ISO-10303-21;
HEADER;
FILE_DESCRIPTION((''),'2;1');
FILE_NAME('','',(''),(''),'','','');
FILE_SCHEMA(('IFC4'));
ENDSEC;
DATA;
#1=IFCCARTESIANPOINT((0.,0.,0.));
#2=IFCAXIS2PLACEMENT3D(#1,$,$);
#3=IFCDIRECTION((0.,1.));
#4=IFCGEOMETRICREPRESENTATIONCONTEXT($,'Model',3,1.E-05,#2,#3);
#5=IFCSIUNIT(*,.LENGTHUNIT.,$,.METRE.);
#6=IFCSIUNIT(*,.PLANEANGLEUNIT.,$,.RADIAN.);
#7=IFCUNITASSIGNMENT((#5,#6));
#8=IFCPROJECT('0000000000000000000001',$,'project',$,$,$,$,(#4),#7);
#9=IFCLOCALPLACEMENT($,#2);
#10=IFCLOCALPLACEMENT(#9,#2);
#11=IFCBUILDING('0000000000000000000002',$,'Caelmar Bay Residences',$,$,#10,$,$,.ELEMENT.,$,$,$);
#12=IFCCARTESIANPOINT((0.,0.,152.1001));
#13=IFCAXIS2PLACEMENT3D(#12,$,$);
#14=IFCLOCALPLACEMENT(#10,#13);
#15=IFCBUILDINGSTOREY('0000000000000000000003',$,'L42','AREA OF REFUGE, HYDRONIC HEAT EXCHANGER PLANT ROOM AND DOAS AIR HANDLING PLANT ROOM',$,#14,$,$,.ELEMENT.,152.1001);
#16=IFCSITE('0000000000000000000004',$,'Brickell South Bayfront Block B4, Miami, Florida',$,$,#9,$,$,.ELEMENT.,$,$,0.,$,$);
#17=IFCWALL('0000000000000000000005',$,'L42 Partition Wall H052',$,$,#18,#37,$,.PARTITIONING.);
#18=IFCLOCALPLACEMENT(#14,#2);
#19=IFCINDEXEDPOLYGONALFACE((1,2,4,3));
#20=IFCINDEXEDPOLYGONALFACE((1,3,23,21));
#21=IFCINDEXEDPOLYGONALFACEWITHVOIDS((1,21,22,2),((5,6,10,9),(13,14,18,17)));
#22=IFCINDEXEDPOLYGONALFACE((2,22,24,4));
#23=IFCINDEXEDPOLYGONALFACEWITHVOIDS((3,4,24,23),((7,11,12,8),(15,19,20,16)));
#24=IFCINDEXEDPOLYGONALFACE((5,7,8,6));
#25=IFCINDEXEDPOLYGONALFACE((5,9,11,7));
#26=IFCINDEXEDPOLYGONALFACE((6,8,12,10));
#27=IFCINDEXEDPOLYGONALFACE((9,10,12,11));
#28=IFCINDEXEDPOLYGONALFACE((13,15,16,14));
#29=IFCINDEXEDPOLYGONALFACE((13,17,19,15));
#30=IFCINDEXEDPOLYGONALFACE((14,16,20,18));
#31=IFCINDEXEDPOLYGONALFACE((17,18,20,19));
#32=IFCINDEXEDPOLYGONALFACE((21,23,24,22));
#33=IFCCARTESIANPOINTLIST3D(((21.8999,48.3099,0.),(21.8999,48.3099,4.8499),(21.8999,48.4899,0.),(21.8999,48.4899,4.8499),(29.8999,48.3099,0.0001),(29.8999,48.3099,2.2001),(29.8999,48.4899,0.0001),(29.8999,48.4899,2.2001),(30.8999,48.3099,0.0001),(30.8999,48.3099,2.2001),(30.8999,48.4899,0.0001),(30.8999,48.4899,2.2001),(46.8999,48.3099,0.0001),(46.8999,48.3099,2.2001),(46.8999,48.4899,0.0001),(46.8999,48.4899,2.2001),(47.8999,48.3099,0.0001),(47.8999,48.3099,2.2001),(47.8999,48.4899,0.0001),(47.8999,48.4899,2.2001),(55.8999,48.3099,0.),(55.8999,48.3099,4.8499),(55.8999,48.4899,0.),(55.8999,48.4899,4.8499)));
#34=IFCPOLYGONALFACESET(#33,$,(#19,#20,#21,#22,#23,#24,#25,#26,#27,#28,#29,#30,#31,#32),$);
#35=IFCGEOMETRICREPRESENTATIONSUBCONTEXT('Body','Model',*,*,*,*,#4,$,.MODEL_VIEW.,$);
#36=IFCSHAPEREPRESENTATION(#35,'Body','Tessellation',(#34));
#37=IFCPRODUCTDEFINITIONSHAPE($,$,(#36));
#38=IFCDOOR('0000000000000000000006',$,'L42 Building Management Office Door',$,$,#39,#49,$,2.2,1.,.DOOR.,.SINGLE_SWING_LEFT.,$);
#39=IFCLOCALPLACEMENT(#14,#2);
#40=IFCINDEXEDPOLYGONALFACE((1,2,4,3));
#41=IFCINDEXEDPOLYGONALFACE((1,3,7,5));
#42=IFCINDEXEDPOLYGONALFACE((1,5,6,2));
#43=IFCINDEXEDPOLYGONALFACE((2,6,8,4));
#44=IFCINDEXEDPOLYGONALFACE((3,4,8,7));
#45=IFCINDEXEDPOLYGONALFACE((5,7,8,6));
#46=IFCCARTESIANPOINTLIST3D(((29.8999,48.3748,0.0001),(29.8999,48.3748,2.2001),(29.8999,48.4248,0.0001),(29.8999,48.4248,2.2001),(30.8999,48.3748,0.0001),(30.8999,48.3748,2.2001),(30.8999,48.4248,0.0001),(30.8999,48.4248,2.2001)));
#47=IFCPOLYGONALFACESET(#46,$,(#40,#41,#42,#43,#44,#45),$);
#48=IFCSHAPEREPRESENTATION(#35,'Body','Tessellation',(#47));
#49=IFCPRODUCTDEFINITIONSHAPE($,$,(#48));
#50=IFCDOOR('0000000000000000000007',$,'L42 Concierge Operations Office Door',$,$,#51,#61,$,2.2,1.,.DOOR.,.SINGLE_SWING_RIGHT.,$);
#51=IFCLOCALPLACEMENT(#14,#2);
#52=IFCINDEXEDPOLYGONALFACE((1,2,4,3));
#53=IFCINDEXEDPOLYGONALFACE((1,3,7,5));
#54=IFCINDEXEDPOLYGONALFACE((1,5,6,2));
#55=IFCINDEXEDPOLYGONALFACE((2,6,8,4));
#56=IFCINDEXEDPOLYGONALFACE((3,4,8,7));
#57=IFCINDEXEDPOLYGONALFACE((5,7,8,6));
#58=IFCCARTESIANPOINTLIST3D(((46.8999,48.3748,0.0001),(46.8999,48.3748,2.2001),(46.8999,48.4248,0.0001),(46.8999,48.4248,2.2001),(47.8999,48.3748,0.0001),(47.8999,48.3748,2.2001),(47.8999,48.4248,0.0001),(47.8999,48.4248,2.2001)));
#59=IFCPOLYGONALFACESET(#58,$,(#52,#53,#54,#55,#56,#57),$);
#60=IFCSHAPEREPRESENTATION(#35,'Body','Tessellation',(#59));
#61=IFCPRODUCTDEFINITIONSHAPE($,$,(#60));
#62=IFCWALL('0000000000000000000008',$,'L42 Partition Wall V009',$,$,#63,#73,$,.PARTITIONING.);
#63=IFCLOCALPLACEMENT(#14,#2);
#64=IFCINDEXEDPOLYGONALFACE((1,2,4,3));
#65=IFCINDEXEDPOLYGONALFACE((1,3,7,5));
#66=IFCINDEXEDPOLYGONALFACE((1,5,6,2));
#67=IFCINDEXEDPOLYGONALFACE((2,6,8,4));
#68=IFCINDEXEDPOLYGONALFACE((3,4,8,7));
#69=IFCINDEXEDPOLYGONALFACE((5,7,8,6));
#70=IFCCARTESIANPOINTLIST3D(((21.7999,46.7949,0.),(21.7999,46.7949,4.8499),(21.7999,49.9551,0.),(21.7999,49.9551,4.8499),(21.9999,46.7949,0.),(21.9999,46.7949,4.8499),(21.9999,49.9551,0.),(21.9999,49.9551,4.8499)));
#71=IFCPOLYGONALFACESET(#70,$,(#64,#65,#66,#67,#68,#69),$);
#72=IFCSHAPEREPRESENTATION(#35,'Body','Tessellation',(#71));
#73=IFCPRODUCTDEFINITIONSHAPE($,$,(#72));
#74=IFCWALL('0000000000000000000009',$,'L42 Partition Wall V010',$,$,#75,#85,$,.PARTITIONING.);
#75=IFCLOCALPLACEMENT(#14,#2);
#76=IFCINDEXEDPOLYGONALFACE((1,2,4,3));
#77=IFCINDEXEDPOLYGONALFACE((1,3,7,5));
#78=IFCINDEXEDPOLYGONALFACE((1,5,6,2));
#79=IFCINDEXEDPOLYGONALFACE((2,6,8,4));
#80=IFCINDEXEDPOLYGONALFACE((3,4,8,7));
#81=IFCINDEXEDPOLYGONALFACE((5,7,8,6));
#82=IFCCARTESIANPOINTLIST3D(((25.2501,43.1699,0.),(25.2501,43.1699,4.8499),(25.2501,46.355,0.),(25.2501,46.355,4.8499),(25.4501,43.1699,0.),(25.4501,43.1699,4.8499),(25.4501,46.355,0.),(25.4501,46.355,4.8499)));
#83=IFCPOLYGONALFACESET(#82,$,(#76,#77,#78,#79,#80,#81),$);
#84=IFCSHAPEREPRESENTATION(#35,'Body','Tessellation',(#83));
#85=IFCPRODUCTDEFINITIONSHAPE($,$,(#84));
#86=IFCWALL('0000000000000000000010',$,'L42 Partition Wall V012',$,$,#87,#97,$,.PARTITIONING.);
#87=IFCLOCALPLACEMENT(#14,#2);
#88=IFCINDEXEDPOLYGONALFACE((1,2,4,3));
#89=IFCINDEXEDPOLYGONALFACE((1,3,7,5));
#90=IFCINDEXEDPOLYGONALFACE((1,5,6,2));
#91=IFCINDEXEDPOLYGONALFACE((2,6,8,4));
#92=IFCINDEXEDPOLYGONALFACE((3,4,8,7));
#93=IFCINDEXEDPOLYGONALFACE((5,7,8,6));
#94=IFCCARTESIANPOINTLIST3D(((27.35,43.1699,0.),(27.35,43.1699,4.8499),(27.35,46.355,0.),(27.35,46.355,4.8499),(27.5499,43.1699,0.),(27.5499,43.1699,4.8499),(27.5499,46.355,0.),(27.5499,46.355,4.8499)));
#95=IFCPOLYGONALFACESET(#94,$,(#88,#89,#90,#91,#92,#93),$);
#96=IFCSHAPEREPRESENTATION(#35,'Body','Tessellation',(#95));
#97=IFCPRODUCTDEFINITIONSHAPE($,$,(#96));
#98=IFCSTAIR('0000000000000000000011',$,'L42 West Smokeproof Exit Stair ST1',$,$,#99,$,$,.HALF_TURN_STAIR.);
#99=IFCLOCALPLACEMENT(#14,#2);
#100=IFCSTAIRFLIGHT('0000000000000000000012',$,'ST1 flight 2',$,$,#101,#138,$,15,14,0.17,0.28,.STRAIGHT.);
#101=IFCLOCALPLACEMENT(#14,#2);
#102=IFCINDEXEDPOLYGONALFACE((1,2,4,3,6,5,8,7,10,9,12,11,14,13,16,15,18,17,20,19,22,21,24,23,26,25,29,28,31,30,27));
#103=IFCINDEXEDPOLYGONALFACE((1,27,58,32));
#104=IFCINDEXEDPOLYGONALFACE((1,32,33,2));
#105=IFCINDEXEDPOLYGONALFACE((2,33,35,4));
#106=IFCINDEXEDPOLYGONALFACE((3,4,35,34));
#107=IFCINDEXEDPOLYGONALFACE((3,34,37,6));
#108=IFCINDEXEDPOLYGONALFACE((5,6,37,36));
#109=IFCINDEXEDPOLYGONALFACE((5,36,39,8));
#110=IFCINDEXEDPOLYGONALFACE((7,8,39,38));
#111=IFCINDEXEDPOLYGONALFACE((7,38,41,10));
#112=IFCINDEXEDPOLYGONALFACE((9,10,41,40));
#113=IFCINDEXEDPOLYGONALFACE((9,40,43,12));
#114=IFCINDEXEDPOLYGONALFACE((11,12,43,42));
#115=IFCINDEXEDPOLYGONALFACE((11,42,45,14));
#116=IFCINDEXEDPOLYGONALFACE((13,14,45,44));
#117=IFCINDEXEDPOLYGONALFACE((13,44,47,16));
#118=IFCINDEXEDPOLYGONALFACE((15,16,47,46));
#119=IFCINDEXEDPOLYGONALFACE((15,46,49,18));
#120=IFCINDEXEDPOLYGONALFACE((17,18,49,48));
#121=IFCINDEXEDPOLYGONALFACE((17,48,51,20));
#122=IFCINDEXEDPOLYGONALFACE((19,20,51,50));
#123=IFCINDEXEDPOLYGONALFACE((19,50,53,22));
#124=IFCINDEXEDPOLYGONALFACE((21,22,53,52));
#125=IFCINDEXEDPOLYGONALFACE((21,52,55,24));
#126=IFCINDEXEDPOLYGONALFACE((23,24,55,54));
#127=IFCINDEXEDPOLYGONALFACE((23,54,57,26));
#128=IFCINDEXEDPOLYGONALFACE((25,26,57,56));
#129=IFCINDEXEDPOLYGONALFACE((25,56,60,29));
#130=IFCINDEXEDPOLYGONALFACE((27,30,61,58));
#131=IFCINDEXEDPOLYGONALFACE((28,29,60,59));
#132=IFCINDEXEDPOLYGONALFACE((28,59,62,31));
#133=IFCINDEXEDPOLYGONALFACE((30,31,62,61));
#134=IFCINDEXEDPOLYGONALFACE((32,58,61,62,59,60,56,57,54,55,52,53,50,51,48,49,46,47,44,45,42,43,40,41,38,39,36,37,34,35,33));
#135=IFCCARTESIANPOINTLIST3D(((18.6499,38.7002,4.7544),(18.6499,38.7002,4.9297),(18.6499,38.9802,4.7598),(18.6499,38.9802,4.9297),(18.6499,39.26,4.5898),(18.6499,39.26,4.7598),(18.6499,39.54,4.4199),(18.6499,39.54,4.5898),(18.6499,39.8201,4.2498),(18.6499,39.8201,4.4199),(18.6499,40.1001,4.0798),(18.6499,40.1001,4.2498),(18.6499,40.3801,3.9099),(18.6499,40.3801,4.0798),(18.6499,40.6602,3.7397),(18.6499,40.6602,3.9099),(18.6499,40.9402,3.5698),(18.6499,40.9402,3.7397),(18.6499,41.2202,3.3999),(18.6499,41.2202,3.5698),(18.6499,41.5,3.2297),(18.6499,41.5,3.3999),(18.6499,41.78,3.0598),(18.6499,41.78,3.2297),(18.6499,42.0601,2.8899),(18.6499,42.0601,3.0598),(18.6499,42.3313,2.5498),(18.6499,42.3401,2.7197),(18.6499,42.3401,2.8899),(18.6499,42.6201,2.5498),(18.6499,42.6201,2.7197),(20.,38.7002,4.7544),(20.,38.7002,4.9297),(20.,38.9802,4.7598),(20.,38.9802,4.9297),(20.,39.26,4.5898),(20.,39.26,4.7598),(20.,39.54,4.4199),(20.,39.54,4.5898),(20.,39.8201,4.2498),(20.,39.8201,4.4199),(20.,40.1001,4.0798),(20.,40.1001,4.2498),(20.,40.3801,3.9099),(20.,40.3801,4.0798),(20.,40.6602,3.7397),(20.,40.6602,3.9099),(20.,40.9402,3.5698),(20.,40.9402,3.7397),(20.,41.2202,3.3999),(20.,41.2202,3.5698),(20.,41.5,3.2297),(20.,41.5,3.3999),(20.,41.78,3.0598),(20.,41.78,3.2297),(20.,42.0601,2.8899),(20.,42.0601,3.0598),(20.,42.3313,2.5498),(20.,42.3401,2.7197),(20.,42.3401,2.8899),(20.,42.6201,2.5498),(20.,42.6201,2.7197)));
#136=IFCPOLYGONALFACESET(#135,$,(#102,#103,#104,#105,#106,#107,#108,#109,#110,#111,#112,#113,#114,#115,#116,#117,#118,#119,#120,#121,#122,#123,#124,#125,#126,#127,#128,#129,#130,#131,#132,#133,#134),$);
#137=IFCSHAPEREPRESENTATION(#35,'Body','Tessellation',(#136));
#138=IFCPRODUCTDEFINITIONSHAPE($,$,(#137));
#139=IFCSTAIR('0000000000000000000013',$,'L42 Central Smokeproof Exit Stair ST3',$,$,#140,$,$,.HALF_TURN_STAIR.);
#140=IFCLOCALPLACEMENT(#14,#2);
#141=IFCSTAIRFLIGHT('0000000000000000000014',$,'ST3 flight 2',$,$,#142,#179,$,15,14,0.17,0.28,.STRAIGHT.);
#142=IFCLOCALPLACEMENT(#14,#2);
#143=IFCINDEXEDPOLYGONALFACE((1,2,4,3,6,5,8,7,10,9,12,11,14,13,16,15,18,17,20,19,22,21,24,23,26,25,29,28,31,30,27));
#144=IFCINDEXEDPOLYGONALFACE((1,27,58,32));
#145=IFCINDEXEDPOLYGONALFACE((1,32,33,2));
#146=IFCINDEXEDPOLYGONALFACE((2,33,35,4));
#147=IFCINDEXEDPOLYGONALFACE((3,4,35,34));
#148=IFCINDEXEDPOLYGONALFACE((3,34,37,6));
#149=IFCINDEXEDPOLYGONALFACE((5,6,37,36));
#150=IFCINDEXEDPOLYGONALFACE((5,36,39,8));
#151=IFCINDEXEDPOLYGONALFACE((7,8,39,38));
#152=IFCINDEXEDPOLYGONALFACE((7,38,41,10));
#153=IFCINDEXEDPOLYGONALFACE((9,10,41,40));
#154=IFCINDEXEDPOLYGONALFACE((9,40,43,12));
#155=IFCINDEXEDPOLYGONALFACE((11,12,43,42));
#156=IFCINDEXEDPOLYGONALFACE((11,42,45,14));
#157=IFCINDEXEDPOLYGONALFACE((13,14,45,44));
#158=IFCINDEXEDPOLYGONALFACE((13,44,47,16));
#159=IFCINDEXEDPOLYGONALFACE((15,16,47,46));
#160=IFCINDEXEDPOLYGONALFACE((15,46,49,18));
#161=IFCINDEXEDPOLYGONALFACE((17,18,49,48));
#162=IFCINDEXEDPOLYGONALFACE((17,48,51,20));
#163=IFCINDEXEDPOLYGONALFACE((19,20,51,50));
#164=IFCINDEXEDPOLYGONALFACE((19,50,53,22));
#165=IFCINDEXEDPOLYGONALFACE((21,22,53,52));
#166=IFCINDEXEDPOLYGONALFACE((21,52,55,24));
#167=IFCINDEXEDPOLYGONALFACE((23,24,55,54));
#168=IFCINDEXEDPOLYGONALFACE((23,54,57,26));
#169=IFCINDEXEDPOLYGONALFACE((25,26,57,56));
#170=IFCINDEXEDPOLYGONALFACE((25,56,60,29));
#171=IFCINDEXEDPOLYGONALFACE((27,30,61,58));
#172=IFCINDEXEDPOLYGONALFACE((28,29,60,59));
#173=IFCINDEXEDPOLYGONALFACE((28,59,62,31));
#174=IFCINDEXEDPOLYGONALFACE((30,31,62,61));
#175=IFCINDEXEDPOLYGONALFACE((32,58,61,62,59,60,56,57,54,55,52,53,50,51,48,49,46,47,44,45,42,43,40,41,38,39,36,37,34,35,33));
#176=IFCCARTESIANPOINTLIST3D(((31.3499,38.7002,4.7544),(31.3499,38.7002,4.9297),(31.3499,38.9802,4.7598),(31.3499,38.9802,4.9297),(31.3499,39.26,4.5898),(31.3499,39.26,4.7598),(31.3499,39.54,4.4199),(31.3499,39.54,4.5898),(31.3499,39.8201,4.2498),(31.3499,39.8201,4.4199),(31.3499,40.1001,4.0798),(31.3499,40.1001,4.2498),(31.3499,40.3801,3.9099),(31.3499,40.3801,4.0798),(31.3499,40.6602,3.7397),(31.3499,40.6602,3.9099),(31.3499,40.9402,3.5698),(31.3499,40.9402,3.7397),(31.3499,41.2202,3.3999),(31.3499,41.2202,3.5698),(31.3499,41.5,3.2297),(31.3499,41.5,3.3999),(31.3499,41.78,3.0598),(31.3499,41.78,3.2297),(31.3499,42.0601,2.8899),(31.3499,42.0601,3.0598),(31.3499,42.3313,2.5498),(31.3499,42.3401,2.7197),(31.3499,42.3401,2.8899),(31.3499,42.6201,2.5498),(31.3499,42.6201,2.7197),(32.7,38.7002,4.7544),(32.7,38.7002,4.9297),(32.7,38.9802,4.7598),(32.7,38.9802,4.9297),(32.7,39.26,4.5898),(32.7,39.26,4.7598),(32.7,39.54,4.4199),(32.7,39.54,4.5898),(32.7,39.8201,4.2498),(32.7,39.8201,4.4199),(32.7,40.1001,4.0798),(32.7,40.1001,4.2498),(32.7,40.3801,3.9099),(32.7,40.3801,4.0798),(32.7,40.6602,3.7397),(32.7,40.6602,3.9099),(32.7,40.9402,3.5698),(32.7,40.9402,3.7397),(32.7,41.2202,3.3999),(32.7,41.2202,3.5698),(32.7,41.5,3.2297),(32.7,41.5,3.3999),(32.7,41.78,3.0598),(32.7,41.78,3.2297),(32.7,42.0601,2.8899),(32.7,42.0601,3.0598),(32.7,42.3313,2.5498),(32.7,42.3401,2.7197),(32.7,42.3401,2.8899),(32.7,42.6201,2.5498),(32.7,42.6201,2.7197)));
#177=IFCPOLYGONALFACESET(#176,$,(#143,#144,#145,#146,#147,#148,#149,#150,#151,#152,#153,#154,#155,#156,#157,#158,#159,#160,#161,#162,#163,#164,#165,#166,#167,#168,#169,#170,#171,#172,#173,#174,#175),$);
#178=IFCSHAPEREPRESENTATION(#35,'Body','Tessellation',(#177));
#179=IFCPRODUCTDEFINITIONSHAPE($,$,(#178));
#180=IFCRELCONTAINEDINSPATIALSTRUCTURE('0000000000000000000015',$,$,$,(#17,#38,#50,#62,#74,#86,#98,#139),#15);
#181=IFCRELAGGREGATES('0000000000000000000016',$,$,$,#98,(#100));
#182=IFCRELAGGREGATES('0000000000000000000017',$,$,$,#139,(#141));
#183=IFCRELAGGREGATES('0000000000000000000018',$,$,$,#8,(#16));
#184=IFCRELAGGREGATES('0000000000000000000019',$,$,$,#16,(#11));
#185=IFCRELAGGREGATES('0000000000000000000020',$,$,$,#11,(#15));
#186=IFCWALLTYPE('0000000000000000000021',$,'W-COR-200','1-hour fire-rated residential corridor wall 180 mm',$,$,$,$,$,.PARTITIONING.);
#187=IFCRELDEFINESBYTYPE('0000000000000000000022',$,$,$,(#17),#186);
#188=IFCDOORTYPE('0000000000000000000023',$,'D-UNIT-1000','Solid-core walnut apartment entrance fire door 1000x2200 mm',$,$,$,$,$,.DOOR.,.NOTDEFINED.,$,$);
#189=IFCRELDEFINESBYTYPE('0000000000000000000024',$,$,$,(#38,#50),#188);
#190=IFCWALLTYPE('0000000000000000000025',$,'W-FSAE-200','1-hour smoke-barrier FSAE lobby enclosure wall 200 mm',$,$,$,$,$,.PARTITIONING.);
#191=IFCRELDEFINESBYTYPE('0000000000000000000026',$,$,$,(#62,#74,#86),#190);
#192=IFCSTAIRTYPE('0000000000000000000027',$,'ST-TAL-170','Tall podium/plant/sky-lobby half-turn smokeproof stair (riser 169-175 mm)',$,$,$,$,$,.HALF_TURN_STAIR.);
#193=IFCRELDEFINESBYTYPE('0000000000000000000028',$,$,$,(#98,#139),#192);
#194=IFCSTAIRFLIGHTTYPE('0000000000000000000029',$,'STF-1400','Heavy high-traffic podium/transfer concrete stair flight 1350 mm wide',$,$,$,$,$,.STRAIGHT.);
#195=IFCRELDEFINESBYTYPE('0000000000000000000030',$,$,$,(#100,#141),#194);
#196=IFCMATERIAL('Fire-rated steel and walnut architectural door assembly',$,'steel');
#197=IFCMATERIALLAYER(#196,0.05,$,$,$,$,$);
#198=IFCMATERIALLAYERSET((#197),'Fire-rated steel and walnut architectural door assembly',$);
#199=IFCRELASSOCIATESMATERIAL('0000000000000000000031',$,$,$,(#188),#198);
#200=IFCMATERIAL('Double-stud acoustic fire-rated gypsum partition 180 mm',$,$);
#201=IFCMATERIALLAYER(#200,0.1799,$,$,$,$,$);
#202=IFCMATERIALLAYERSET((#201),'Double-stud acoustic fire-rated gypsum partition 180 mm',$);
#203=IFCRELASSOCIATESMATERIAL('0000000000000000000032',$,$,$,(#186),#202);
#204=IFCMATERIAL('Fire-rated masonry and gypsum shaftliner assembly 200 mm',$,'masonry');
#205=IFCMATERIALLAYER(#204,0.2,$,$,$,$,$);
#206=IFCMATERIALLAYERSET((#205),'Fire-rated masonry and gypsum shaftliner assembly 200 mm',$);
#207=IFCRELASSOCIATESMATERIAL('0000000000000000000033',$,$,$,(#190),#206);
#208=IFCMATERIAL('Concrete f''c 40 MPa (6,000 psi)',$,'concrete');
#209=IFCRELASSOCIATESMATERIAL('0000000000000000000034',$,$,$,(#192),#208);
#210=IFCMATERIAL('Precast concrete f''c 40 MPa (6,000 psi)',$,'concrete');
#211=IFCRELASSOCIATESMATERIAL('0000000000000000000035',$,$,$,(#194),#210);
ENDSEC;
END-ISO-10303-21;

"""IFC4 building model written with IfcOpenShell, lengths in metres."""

from ifc_helpers import new_model, si_unit, direction, frame, frame_2d, origin, place, context, subcontext, project, spatial, polyline, rectangle, outline, extrude, material, layer, layer_set, type_object, element, fill, aggregate, save


model = new_model("IFC4")

# Units and contexts
model_context = context("Model", 3, precision=1e-05, world=origin(), true_north=direction((0.0, 1.0)))
body_context = subcontext(model_context, "Body", "Model", "MODEL_VIEW")
ifc_project = project(units=[si_unit("LENGTHUNIT", "METRE"), si_unit("PLANEANGLEUNIT", "RADIAN")], contexts=[model_context])

# Site, building, storey
site_placement = place(None, origin())
site = spatial("IfcSite", under=ifc_project, at=site_placement, Name="Brickell South Bayfront Block B4, Miami, Florida", CompositionType="ELEMENT", RefElevation=0.0)
building_placement = place(site_placement, origin())
building = spatial("IfcBuilding", under=site, at=building_placement, Name="Caelmar Bay Residences", CompositionType="ELEMENT")
storey_placement = place(building_placement, frame((0.0, 0.0, 152.1001)))
storey = spatial("IfcBuildingStorey", under=building, at=storey_placement, Name="L42", Description="AREA OF REFUGE, HYDRONIC HEAT EXCHANGER PLANT ROOM AND DOAS AIR HANDLING PLANT ROOM", CompositionType="ELEMENT", Elevation=152.1001)

# Wall, openings, doors
ifc_material_1 = material(Name="Fire-rated steel and walnut architectural door assembly", Category="steel")
ifc_layer_1 = layer(ifc_material_1, 0.05)
ifc_layer_set_1 = layer_set([ifc_layer_1], Name="Fire-rated steel and walnut architectural door assembly")
door_type_1 = type_object("IfcDoorType", Name="D-UNIT-1000", Description="Solid-core walnut apartment entrance fire door 1000x2200 mm", OperationType="NOTDEFINED", PredefinedType="DOOR", material=ifc_layer_set_1)
ifc_material_2 = material(Name="Double-stud acoustic fire-rated gypsum partition 180 mm")
ifc_layer_2 = layer(ifc_material_2, 0.1799)
ifc_layer_set_2 = layer_set([ifc_layer_2], Name="Double-stud acoustic fire-rated gypsum partition 180 mm")
wall_type_1 = type_object("IfcWallType", Name="W-COR-200", Description="1-hour fire-rated residential corridor wall 180 mm", PredefinedType="PARTITIONING", material=ifc_layer_set_2)
wall_1_placement = place(storey_placement, frame((21.8999, 48.3999, 0.0), z_axis=(0.0, 0.0, 1.0), x_axis=(1.0, 0.0, 0.0)))
wall_1 = element("IfcWall", 1, at=wall_1_placement, inside=storey, type_object=wall_type_1, Name="L42 Partition Wall H052", PredefinedType="PARTITIONING", context=body_context, shape_type="SweptSolid", body=[
    extrude(rectangle(XDim=34.0, YDim=0.1799, at=frame_2d((17.0, 0.0))), origin(), (0.0, 0.0, 1.0), 4.8499),
])
opening_1_placement = place(wall_1_placement, frame((8.0, 0.0, 0.0)))
opening_1 = element("IfcOpeningElement", 2, at=opening_1_placement, cuts=wall_1, PredefinedType="OPENING", context=body_context, shape_type="SweptSolid", body=[
    extrude(rectangle(XDim=1.0, YDim=2.2, at=frame_2d((0.5, 1.1001))), frame((0.0, 0.0999, 0.0), z_axis=(0.0, -1.0, 0.0), x_axis=(1.0, 0.0, 0.0)), (0.0, 0.0, 1.0), 0.2),
])
opening_2_placement = place(wall_1_placement, frame((25.0, 0.0, 0.0)))
opening_2 = element("IfcOpeningElement", 3, at=opening_2_placement, cuts=wall_1, PredefinedType="OPENING", context=body_context, shape_type="SweptSolid", body=[
    extrude(rectangle(XDim=1.0, YDim=2.2, at=frame_2d((0.5, 1.1001))), frame((0.0, 0.0999, 0.0), z_axis=(0.0, -1.0, 0.0), x_axis=(1.0, 0.0, 0.0)), (0.0, 0.0, 1.0), 0.2),
])
door_1_placement = place(opening_1_placement, origin())
door_1 = element("IfcDoor", 4, at=door_1_placement, inside=storey, type_object=door_type_1, Name="L42 Building Management Office Door", OperationType="SINGLE_SWING_LEFT", OverallHeight=2.2, OverallWidth=1.0, PredefinedType="DOOR", context=body_context, shape_type="SweptSolid", body=[
    extrude(rectangle(XDim=1.0, YDim=2.2, at=frame_2d((0.5, 1.1001))), frame((0.0, 0.0249, 0.0), z_axis=(0.0, -1.0, 0.0), x_axis=(1.0, 0.0, 0.0)), (0.0, 0.0, 1.0), 0.05),
])
fill(opening_1, door_1)
door_2_placement = place(opening_2_placement, origin())
door_2 = element("IfcDoor", 5, at=door_2_placement, inside=storey, type_object=door_type_1, Name="L42 Concierge Operations Office Door", OperationType="SINGLE_SWING_RIGHT", OverallHeight=2.2, OverallWidth=1.0, PredefinedType="DOOR", context=body_context, shape_type="SweptSolid", body=[
    extrude(rectangle(XDim=1.0, YDim=2.2, at=frame_2d((0.5, 1.1001))), frame((0.0, 0.0249, 0.0), z_axis=(0.0, -1.0, 0.0), x_axis=(1.0, 0.0, 0.0)), (0.0, 0.0, 1.0), 0.05),
])
fill(opening_2, door_2)

# Walls
ifc_material_3 = material(Name="Fire-rated masonry and gypsum shaftliner assembly 200 mm", Category="masonry")
ifc_layer_3 = layer(ifc_material_3, 0.2)
ifc_layer_set_3 = layer_set([ifc_layer_3], Name="Fire-rated masonry and gypsum shaftliner assembly 200 mm")
wall_type_2 = type_object("IfcWallType", Name="W-FSAE-200", Description="1-hour smoke-barrier FSAE lobby enclosure wall 200 mm", PredefinedType="PARTITIONING", material=ifc_layer_set_3)
wall_2_placement = place(storey_placement, frame((21.8999, 46.7949, 0.0), z_axis=(0.0, 0.0, 1.0), x_axis=(0.0, 1.0, 0.0)))
element("IfcWall", 6, at=wall_2_placement, inside=storey, type_object=wall_type_2, Name="L42 Partition Wall V009", PredefinedType="PARTITIONING", context=body_context, shape_type="SweptSolid", body=[
    extrude(rectangle(XDim=3.1602, YDim=0.2, at=frame_2d((1.5801, 0.0))), origin(), (0.0, 0.0, 1.0), 4.8499),
])
for number, where, z_axis, x_axis, name in (
    (7, (25.3501, 43.1699, 0.0), (0.0, 0.0, 1.0), (0.0, 1.0, 0.0), "L42 Partition Wall V010"),
    (8, (27.45, 43.1699, 0.0), (0.0, 0.0, 1.0), (0.0, 1.0, 0.0), "L42 Partition Wall V012"),
):
    element("IfcWall", number, at=place(storey_placement, frame(where, z_axis=z_axis, x_axis=x_axis)), inside=storey, type_object=wall_type_2, Name=name, PredefinedType="PARTITIONING", context=body_context, shape_type="SweptSolid", body=[
        extrude(rectangle(XDim=3.1851, YDim=0.2, at=frame_2d((1.5925, 0.0))), origin(), (0.0, 0.0, 1.0), 4.8499),
    ])

# Stairs, stair flights
ifc_material_4 = material(Name="Concrete f'c 40 MPa (6,000 psi)", Category="concrete")
stair_type = type_object("IfcStairType", Name="ST-TAL-170", Description="Tall podium/plant/sky-lobby half-turn smokeproof stair (riser 169-175 mm)", PredefinedType="HALF_TURN_STAIR", material=ifc_material_4)
stair_1_placement = place(storey_placement, origin())
stair_1 = element("IfcStair", 9, at=stair_1_placement, inside=storey, type_object=stair_type, Name="L42 West Smokeproof Exit Stair ST1", PredefinedType="HALF_TURN_STAIR")
ifc_material_5 = material(Name="Precast concrete f'c 40 MPa (6,000 psi)", Category="concrete")
stair_flight_type = type_object("IfcStairFlightType", Name="STF-1400", Description="Heavy high-traffic podium/transfer concrete stair flight 1350 mm wide", PredefinedType="STRAIGHT", material=ifc_material_5)
stair_flight_1_placement = place(storey_placement, frame((19.325, 42.6201, 2.5498), z_axis=(0.0, 0.0, 1.0), x_axis=(0.0, -1.0, 0.0)))
stair_flight_1 = element("IfcStairFlight", 10, at=stair_flight_1_placement, type_object=stair_flight_type, Name="ST1 flight 2", NumberOfRisers=15, NumberOfTreads=14, PredefinedType="STRAIGHT", RiserHeight=0.17, TreadLength=0.28, context=body_context, shape_type="SweptSolid", body=[
    extrude(outline(polyline([(0.0, 0.0), (0.0, 0.1699), (0.28, 0.1699), (0.28, 0.3401), (0.5601, 0.3401), (0.5601, 0.51), (0.8401, 0.51), (0.8401, 0.6799), (1.1201, 0.6799), (1.1201, 0.8501), (1.3999, 0.8501), (1.3999, 1.02), (1.6799, 1.02), (1.6799, 1.1899), (1.96, 1.1899), (1.96, 1.3601), (2.24, 1.3601), (2.24, 1.53), (2.52, 1.53), (2.52, 1.7), (2.8, 1.7), (2.8, 1.8701), (3.0801, 1.8701), (3.0801, 2.04), (3.3601, 2.04), (3.3601, 2.21), (3.6399, 2.21), (3.6399, 2.3799), (3.9199, 2.3799), (3.9199, 2.55), (3.9199, 2.2046), (0.2888, 0.0), (0.0, 0.0)])), frame((0.0, 0.675, 0.0), z_axis=(0.0, -1.0, 0.0), x_axis=(1.0, 0.0, 0.0)), (0.0, 0.0, 1.0), 1.3501),
])
aggregate(stair_1, [stair_flight_1])
stair_2_placement = place(storey_placement, origin())
stair_2 = element("IfcStair", 11, at=stair_2_placement, inside=storey, type_object=stair_type, Name="L42 Central Smokeproof Exit Stair ST3", PredefinedType="HALF_TURN_STAIR")
stair_flight_2_placement = place(storey_placement, frame((32.0249, 42.6201, 2.5498), z_axis=(0.0, 0.0, 1.0), x_axis=(0.0, -1.0, 0.0)))
stair_flight_2 = element("IfcStairFlight", 12, at=stair_flight_2_placement, type_object=stair_flight_type, Name="ST3 flight 2", NumberOfRisers=15, NumberOfTreads=14, PredefinedType="STRAIGHT", RiserHeight=0.17, TreadLength=0.28, context=body_context, shape_type="SweptSolid", body=[
    extrude(outline(polyline([(0.0, 0.0), (0.0, 0.1699), (0.28, 0.1699), (0.28, 0.3401), (0.5601, 0.3401), (0.5601, 0.51), (0.8401, 0.51), (0.8401, 0.6799), (1.1201, 0.6799), (1.1201, 0.8501), (1.3999, 0.8501), (1.3999, 1.02), (1.6799, 1.02), (1.6799, 1.1899), (1.96, 1.1899), (1.96, 1.3601), (2.24, 1.3601), (2.24, 1.53), (2.52, 1.53), (2.52, 1.7), (2.8, 1.7), (2.8, 1.8701), (3.0801, 1.8701), (3.0801, 2.04), (3.3601, 2.04), (3.3601, 2.21), (3.6399, 2.21), (3.6399, 2.3799), (3.9199, 2.3799), (3.9199, 2.55), (3.9199, 2.2046), (0.2888, 0.0), (0.0, 0.0)])), frame((0.0, 0.675, 0.0), z_axis=(0.0, -1.0, 0.0), x_axis=(1.0, 0.0, 0.0)), (0.0, 0.0, 1.0), 1.3501),
])
aggregate(stair_2, [stair_flight_2])

save(model, "model.ifc")
